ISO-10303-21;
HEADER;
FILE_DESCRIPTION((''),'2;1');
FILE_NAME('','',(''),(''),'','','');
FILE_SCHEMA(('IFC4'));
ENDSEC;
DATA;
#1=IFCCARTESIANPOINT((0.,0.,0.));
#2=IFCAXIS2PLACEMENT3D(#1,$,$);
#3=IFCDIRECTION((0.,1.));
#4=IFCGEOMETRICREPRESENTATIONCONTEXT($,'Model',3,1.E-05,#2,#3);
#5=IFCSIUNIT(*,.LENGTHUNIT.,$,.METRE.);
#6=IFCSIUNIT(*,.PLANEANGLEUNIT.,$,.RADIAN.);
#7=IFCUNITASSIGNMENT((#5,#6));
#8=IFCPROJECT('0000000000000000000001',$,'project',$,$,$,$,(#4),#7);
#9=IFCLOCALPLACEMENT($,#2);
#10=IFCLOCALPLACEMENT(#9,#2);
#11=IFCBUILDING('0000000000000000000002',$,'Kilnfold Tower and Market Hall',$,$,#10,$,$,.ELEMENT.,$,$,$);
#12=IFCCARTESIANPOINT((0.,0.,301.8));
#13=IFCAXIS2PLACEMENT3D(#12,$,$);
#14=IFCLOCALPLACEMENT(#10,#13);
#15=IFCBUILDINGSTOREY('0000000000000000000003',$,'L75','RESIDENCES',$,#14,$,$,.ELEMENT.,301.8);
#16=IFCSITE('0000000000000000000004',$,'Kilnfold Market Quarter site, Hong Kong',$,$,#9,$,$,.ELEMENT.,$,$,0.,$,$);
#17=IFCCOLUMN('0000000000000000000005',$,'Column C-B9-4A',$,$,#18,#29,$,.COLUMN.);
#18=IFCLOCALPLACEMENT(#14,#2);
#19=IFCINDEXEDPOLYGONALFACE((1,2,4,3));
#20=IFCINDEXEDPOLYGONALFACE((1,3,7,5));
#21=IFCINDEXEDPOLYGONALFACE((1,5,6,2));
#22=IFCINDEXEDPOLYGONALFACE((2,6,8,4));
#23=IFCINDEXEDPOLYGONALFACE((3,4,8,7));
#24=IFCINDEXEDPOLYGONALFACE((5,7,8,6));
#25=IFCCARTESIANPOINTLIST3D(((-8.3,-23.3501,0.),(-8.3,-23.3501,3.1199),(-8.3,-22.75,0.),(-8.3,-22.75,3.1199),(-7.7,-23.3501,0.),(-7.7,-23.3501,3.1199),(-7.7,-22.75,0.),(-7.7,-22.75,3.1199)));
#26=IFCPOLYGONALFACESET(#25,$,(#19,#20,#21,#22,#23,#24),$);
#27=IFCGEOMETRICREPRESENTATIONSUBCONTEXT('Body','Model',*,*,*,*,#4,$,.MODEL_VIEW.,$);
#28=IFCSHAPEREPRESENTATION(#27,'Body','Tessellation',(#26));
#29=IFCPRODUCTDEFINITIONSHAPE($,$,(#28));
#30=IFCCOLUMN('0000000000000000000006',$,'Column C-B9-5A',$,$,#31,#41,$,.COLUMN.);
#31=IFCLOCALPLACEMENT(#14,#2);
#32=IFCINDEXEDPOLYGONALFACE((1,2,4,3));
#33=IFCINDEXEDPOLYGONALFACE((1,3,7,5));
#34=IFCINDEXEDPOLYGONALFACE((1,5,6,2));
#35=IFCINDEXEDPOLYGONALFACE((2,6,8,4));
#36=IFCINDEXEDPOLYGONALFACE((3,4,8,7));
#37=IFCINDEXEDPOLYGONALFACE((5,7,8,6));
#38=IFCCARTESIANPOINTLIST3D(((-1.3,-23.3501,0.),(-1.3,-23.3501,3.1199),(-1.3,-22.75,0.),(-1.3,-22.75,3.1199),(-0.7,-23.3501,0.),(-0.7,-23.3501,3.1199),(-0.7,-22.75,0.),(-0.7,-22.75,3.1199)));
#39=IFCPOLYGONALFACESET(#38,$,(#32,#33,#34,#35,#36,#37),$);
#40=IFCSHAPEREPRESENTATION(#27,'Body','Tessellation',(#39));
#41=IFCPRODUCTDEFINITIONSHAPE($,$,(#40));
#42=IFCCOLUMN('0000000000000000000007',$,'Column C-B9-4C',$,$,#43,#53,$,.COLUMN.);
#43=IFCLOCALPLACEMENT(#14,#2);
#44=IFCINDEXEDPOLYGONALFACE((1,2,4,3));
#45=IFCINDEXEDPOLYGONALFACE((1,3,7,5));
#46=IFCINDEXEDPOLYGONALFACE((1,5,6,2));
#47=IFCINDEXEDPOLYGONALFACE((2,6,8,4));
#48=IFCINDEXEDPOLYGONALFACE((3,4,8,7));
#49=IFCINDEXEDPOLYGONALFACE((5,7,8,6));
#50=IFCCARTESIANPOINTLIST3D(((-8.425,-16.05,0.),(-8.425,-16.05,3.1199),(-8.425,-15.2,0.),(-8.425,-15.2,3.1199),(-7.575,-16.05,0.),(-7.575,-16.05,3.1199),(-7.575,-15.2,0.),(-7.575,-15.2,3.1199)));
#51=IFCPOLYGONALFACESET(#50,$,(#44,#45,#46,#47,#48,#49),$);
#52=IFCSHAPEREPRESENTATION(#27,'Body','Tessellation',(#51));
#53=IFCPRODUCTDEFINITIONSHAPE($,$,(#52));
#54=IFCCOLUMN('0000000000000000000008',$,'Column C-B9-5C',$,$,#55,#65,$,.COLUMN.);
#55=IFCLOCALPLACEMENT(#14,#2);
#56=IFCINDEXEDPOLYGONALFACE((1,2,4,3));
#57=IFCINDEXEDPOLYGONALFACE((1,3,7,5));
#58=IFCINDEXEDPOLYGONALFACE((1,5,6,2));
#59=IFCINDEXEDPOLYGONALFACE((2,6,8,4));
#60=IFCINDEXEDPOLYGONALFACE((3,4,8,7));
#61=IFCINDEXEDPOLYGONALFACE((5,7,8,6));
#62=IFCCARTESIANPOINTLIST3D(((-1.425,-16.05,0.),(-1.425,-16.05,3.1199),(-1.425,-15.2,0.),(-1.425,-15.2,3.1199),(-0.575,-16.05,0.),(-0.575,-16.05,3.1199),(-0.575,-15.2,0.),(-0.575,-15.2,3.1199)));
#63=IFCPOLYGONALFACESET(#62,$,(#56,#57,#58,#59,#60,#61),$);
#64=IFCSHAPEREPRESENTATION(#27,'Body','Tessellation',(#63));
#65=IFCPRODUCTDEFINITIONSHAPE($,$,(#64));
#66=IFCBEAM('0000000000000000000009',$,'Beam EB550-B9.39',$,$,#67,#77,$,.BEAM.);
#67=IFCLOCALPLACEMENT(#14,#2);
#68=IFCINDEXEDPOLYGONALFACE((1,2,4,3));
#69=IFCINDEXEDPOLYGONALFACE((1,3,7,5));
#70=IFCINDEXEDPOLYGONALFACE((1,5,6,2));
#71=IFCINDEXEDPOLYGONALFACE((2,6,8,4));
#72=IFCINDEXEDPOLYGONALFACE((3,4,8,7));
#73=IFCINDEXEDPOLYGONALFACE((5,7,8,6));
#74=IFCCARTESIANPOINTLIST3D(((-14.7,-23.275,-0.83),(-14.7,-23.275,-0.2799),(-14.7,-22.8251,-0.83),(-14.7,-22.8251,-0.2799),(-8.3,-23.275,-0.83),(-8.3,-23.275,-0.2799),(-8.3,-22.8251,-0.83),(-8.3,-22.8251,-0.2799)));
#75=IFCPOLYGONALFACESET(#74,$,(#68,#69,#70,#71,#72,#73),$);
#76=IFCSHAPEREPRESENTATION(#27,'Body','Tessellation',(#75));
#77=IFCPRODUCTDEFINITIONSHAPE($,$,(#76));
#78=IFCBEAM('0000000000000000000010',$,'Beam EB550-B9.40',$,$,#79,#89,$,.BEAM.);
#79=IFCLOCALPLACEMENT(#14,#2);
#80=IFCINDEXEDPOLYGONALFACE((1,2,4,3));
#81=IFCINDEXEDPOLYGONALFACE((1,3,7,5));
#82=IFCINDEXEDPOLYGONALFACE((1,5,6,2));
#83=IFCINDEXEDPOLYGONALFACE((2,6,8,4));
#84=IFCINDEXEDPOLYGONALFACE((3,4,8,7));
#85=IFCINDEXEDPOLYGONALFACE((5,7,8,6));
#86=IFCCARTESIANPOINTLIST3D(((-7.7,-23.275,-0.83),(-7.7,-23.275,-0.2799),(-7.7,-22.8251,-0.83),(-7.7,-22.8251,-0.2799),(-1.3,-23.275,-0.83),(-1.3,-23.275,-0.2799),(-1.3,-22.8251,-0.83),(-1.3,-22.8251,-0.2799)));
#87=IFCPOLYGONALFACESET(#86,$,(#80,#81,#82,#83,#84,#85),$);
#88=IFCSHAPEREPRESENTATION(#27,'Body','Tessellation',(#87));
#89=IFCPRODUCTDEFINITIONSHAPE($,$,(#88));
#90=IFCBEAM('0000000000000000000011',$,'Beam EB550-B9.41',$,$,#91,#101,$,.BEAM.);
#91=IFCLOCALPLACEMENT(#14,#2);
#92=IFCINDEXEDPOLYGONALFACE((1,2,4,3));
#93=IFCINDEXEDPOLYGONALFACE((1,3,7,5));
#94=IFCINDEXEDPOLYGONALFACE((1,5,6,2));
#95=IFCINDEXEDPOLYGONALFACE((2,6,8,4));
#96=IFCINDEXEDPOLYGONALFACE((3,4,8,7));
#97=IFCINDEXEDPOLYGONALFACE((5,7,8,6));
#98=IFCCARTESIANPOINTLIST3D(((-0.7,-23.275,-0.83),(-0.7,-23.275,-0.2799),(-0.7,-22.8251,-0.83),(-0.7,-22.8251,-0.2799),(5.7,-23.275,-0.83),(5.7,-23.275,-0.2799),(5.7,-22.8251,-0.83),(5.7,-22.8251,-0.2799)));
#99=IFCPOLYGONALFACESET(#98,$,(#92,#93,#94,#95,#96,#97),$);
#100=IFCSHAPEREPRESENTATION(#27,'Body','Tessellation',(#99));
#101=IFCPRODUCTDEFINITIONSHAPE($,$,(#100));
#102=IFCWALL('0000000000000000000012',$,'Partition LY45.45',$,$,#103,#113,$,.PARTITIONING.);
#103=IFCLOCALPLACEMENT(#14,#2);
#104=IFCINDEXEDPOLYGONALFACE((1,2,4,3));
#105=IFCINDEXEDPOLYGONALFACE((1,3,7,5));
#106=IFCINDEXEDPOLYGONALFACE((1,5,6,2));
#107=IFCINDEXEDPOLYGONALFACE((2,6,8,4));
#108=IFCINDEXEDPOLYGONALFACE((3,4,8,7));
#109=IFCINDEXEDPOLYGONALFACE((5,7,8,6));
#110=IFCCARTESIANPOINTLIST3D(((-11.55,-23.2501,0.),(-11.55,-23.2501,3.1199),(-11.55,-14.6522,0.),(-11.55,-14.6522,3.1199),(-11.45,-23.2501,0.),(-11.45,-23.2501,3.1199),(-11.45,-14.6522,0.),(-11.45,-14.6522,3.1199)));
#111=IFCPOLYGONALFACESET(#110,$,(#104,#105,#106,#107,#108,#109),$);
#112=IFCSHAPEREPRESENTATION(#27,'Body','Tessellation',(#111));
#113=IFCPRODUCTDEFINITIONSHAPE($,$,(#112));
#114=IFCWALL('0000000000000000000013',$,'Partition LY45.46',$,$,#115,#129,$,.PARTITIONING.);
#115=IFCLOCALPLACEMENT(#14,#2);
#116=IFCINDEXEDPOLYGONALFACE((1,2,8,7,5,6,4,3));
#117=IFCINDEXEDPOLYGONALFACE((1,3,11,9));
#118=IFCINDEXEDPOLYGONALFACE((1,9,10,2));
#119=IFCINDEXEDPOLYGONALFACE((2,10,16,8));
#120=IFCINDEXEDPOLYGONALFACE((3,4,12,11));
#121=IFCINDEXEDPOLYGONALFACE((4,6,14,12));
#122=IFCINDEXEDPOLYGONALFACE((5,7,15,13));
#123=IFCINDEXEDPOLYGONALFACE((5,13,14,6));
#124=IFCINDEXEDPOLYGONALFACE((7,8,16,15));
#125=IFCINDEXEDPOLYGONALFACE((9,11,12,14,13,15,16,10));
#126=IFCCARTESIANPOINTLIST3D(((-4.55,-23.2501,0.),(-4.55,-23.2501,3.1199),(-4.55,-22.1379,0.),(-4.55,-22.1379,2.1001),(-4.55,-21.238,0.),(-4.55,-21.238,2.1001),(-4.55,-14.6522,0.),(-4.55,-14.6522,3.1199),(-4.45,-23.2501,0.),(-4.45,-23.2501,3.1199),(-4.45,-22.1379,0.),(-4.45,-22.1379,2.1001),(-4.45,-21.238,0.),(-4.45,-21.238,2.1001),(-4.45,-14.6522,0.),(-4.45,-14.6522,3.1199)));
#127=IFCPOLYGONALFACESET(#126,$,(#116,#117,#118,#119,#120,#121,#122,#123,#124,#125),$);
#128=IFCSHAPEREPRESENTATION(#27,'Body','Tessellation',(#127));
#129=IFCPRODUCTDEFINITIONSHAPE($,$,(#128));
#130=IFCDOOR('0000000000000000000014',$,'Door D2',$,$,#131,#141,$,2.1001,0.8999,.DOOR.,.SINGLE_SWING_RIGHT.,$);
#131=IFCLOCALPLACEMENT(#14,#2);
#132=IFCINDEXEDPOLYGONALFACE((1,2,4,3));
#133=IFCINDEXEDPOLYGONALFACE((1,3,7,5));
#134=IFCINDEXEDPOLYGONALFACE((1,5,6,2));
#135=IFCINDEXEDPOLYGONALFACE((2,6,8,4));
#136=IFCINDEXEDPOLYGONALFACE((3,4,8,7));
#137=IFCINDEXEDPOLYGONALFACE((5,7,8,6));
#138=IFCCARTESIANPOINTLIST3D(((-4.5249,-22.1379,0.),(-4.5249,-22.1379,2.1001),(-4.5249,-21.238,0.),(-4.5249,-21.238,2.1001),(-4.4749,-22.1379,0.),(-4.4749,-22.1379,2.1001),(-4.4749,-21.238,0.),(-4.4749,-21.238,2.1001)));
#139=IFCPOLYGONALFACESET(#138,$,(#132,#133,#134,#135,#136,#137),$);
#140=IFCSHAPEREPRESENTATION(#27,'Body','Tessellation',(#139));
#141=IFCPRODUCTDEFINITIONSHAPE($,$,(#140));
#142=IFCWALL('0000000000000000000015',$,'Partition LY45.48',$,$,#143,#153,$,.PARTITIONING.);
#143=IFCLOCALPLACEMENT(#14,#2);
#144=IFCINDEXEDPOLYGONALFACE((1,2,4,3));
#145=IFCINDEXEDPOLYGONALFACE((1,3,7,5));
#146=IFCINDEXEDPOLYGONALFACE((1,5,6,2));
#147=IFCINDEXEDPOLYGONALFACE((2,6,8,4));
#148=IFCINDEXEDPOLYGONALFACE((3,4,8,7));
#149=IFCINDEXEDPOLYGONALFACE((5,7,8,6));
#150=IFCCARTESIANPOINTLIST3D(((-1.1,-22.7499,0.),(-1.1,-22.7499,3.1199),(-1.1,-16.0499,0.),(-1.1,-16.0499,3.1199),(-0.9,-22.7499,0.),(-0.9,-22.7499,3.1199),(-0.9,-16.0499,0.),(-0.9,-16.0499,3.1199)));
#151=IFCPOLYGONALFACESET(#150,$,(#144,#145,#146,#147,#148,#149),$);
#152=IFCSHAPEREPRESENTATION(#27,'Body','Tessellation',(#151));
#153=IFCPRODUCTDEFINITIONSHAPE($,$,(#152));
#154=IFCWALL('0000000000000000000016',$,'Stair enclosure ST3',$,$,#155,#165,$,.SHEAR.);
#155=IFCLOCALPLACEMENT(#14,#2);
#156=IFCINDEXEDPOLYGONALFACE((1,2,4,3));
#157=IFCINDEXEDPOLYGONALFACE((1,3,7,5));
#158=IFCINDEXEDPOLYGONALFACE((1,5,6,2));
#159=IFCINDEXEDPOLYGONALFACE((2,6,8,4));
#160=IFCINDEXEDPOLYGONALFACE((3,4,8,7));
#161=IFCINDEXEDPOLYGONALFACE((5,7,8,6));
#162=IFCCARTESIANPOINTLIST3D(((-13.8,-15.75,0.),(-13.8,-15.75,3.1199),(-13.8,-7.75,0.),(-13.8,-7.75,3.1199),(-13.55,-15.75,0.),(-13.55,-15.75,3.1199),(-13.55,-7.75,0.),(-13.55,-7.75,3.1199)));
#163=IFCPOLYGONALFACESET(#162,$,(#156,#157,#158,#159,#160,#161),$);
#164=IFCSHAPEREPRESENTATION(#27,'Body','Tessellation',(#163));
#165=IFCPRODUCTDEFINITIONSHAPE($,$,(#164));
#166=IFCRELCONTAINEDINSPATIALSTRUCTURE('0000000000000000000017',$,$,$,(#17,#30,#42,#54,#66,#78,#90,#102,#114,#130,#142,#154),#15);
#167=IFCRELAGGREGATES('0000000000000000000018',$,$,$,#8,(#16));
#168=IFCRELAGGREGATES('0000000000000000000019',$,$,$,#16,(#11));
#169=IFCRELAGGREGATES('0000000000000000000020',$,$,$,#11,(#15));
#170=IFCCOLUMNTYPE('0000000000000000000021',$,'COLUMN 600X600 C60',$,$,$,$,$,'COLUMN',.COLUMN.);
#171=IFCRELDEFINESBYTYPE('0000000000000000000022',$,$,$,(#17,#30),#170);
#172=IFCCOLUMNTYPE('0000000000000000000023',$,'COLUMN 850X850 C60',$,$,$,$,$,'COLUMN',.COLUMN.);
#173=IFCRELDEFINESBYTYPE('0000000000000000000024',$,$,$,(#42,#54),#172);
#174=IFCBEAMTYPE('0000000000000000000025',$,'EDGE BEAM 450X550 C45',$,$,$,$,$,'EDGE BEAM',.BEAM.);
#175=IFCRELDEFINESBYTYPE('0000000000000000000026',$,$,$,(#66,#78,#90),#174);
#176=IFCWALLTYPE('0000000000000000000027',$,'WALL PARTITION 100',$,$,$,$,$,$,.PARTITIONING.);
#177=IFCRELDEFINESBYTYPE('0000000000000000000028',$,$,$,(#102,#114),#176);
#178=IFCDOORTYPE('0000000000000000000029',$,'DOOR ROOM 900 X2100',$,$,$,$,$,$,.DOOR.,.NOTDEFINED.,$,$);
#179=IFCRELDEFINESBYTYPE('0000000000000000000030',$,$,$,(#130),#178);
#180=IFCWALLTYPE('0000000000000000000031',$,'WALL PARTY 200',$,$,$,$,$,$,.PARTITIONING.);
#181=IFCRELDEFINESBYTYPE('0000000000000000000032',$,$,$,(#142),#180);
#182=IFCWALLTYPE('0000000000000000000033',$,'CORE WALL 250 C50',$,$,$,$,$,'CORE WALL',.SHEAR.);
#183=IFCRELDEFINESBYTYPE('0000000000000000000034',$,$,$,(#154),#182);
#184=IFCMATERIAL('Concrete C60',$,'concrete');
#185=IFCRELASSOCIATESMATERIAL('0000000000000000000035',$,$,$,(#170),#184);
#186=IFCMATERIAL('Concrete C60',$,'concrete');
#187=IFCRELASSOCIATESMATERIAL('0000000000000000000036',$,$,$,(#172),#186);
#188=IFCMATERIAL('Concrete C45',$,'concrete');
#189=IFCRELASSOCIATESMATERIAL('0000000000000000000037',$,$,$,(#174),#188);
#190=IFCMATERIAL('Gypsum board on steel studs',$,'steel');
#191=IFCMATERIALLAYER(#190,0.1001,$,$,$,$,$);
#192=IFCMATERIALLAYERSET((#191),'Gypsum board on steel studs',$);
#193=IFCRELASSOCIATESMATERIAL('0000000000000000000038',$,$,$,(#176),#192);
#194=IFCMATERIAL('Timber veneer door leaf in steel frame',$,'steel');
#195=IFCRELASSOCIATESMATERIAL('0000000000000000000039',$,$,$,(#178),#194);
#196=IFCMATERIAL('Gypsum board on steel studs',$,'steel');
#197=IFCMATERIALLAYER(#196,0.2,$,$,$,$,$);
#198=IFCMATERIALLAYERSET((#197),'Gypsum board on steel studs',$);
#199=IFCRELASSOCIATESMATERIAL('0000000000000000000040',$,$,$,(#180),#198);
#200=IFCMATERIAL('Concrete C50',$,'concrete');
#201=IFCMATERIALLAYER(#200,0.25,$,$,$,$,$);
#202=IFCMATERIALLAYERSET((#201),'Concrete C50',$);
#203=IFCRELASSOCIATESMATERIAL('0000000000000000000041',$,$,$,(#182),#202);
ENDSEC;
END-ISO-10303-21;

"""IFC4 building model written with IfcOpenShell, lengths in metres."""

from ifc_helpers import new_model, si_unit, direction, frame, frame_2d, origin, origin_2d, place, context, subcontext, project, spatial, rectangle, extrude, source, transform, mapped, material, layer, layer_set, material_profile, profile_set, type_object, element, fill, save


model = new_model("IFC4")

# Units and contexts
model_context = context("Model", 3, precision=1e-05, world=origin(), true_north=direction((0.0, 1.0)))
body_context = subcontext(model_context, "Body", "Model", "MODEL_VIEW")
ifc_project = project(units=[si_unit("LENGTHUNIT", "METRE"), si_unit("PLANEANGLEUNIT", "RADIAN")], contexts=[model_context])

# Site, building, storey
site_placement = place(None, origin())
site = spatial("IfcSite", under=ifc_project, at=site_placement, Name="Kilnfold Market Quarter site, Hong Kong", CompositionType="ELEMENT", RefElevation=0.0)
building_placement = place(site_placement, origin())
building = spatial("IfcBuilding", under=site, at=building_placement, Name="Kilnfold Tower and Market Hall", CompositionType="ELEMENT")
storey_placement = place(building_placement, frame((0.0, 0.0, 301.8)))
storey = spatial("IfcBuildingStorey", under=building, at=storey_placement, Name="L75", Description="RESIDENCES", CompositionType="ELEMENT", Elevation=301.8)

# Columns
ifc_material_1 = material(Name="Concrete C60", Category="concrete")
ifc_material_profile_1 = material_profile(ifc_material_1, rectangle(XDim=0.6001, YDim=0.6001, at=origin_2d()), Name="RC 600x600")
ifc_profile_set_1 = profile_set([ifc_material_profile_1], Name="Concrete C60")
column_type_1 = type_object("IfcColumnType", Name="COLUMN 600X600 C60", ElementType="COLUMN", PredefinedType="COLUMN", material=ifc_profile_set_1)
shared_shape_1 = source(origin(), body_context, "Body", "SweptSolid", [
    extrude(rectangle(XDim=0.6001, YDim=0.6001, at=origin_2d()), origin(), (0.0, 0.0, 1.0), 3.1199),
])
for number, where, z_axis, x_axis, name in (
    (1, (-8.0, -23.05, 0.0), (0.0, 0.0, 1.0), (1.0, 0.0, 0.0), "Column C-B9-4A"),
    (2, (-1.0, -23.05, 0.0), (0.0, 0.0, 1.0), (1.0, 0.0, 0.0), "Column C-B9-5A"),
):
    element("IfcColumn", number, at=place(storey_placement, frame(where, z_axis=z_axis, x_axis=x_axis)), inside=storey, type_object=column_type_1, Name=name, PredefinedType="COLUMN", context=body_context, shape_type="MappedRepresentation", body=[
        mapped(shared_shape_1, transform((0.0, 0.0, 0.0))),
    ])
ifc_material_2 = material(Name="Concrete C60", Category="concrete")
ifc_material_profile_2 = material_profile(ifc_material_2, rectangle(XDim=0.8501, YDim=0.8501, at=origin_2d()), Name="RC 850x850")
ifc_profile_set_2 = profile_set([ifc_material_profile_2], Name="Concrete C60")
column_type_2 = type_object("IfcColumnType", Name="COLUMN 850X850 C60", ElementType="COLUMN", PredefinedType="COLUMN", material=ifc_profile_set_2)
shared_shape_2 = source(origin(), body_context, "Body", "SweptSolid", [
    extrude(rectangle(XDim=0.8501, YDim=0.8501, at=origin_2d()), origin(), (0.0, 0.0, 1.0), 3.1199),
])
for number, where, z_axis, x_axis, name in (
    (3, (-8.0, -15.625, 0.0), (0.0, 0.0, 1.0), (1.0, 0.0, 0.0), "Column C-B9-4C"),
    (4, (-1.0, -15.625, 0.0), (0.0, 0.0, 1.0), (1.0, 0.0, 0.0), "Column C-B9-5C"),
):
    element("IfcColumn", number, at=place(storey_placement, frame(where, z_axis=z_axis, x_axis=x_axis)), inside=storey, type_object=column_type_2, Name=name, PredefinedType="COLUMN", context=body_context, shape_type="MappedRepresentation", body=[
        mapped(shared_shape_2, transform((0.0, 0.0, 0.0))),
    ])

# Beams
ifc_material_3 = material(Name="Concrete C45", Category="concrete")
ifc_material_profile_3 = material_profile(ifc_material_3, rectangle(XDim=0.45, YDim=0.55, at=origin_2d()), Name="RC 450x550")
ifc_profile_set_3 = profile_set([ifc_material_profile_3], Name="Concrete C45")
beam_type = type_object("IfcBeamType", Name="EDGE BEAM 450X550 C45", ElementType="EDGE BEAM", PredefinedType="BEAM", material=ifc_profile_set_3)
shared_shape_3 = source(origin(), body_context, "Body", "SweptSolid", [
    extrude(rectangle(XDim=0.45, YDim=0.55, at=origin_2d()), origin(), (0.0, 0.0, 1.0), 6.3999),
])
for number, where, z_axis, x_axis, name in (
    (5, (-14.7, -23.05, -0.5549), (1.0, 0.0, 0.0), (0.0, 1.0, 0.0), "Beam EB550-B9.39"),
    (6, (-7.7, -23.05, -0.5549), (1.0, 0.0, 0.0), (0.0, 1.0, 0.0), "Beam EB550-B9.40"),
    (7, (-0.7, -23.05, -0.5549), (1.0, 0.0, 0.0), (0.0, 1.0, 0.0), "Beam EB550-B9.41"),
):
    element("IfcBeam", number, at=place(storey_placement, frame(where, z_axis=z_axis, x_axis=x_axis)), inside=storey, type_object=beam_type, Name=name, PredefinedType="BEAM", context=body_context, shape_type="MappedRepresentation", body=[
        mapped(shared_shape_3, transform((0.0, 0.0, 0.0))),
    ])

# Wall
ifc_material_4 = material(Name="Gypsum board on steel studs", Category="steel")
ifc_layer_1 = layer(ifc_material_4, 0.1001)
ifc_layer_set_1 = layer_set([ifc_layer_1], Name="Gypsum board on steel studs")
wall_type_1 = type_object("IfcWallType", Name="WALL PARTITION 100", PredefinedType="PARTITIONING", material=ifc_layer_set_1)
wall_1_placement = place(storey_placement, frame((-11.5, -23.25, 0.0), z_axis=(0.0, 0.0, 1.0), x_axis=(0.0, 1.0, 0.0)))
element("IfcWall", 8, at=wall_1_placement, inside=storey, type_object=wall_type_1, Name="Partition LY45.45", PredefinedType="PARTITIONING", context=body_context, shape_type="SweptSolid", body=[
    extrude(rectangle(XDim=8.5979, YDim=0.1001, at=frame_2d((4.2988, 0.0))), origin(), (0.0, 0.0, 1.0), 3.1199),
])

# Wall, opening, door
wall_2_placement = place(storey_placement, frame((-4.5, -23.25, 0.0), z_axis=(0.0, 0.0, 1.0), x_axis=(0.0, 1.0, 0.0)))
wall_2 = element("IfcWall", 9, at=wall_2_placement, inside=storey, type_object=wall_type_1, Name="Partition LY45.46", PredefinedType="PARTITIONING", context=body_context, shape_type="SweptSolid", body=[
    extrude(rectangle(XDim=8.5979, YDim=0.1001, at=frame_2d((4.2988, 0.0))), origin(), (0.0, 0.0, 1.0), 3.1199),
])
opening_1_placement = place(wall_2_placement, frame((1.1121, 0.0, 0.0)))
opening_1 = element("IfcOpeningElement", 10, at=opening_1_placement, cuts=wall_2, PredefinedType="OPENING", context=body_context, shape_type="SweptSolid", body=[
    extrude(rectangle(XDim=0.8999, YDim=2.1001, at=frame_2d((0.45, 1.05))), frame((0.0, 0.0601, 0.0), z_axis=(0.0, -1.0, 0.0), x_axis=(1.0, 0.0, 0.0)), (0.0, 0.0, 1.0), 0.1201),
])
ifc_material_5 = material(Name="Timber veneer door leaf in steel frame", Category="steel")
door_type = type_object("IfcDoorType", Name="DOOR ROOM 900 X2100", OperationType="NOTDEFINED", PredefinedType="DOOR", material=ifc_material_5)
door_placement = place(opening_1_placement, origin())
door = element("IfcDoor", 11, at=door_placement, inside=storey, type_object=door_type, Name="Door D2", OperationType="SINGLE_SWING_RIGHT", OverallHeight=2.1001, OverallWidth=0.8999, PredefinedType="DOOR", context=body_context, shape_type="SweptSolid", body=[
    extrude(rectangle(XDim=0.8999, YDim=2.1001, at=frame_2d((0.45, 1.05))), frame((0.0, 0.0249, 0.0), z_axis=(0.0, -1.0, 0.0), x_axis=(1.0, 0.0, 0.0)), (0.0, 0.0, 1.0), 0.05),
])
fill(opening_1, door)

# Walls
ifc_material_6 = material(Name="Gypsum board on steel studs", Category="steel")
ifc_layer_2 = layer(ifc_material_6, 0.2)
ifc_layer_set_2 = layer_set([ifc_layer_2], Name="Gypsum board on steel studs")
wall_type_2 = type_object("IfcWallType", Name="WALL PARTY 200", PredefinedType="PARTITIONING", material=ifc_layer_set_2)
wall_3_placement = place(storey_placement, frame((-1.0, -22.75, 0.0), z_axis=(0.0, 0.0, 1.0), x_axis=(0.0, 1.0, 0.0)))
element("IfcWall", 12, at=wall_3_placement, inside=storey, type_object=wall_type_2, Name="Partition LY45.48", PredefinedType="PARTITIONING", context=body_context, shape_type="SweptSolid", body=[
    extrude(rectangle(XDim=6.7, YDim=0.2, at=frame_2d((3.3501, 0.0))), origin(), (0.0, 0.0, 1.0), 3.1199),
])
ifc_material_7 = material(Name="Concrete C50", Category="concrete")
ifc_layer_3 = layer(ifc_material_7, 0.25)
ifc_layer_set_3 = layer_set([ifc_layer_3], Name="Concrete C50")
wall_type_3 = type_object("IfcWallType", Name="CORE WALL 250 C50", ElementType="CORE WALL", PredefinedType="SHEAR", material=ifc_layer_set_3)
shared_shape_4 = source(origin(), body_context, "Body", "SweptSolid", [
    extrude(rectangle(XDim=8.0, YDim=0.25, at=frame_2d((4.0, 0.0))), origin(), (0.0, 0.0, 1.0), 3.1199),
])
wall_4_placement = place(storey_placement, frame((-13.675, -15.75, 0.0), z_axis=(0.0, 0.0, 1.0), x_axis=(0.0, 1.0, 0.0)))
element("IfcWall", 13, at=wall_4_placement, inside=storey, type_object=wall_type_3, Name="Stair enclosure ST3", PredefinedType="SHEAR", context=body_context, shape_type="MappedRepresentation", body=[
    mapped(shared_shape_4, transform((0.0, 0.0, 0.0))),
])

save(model, "model.ifc")
